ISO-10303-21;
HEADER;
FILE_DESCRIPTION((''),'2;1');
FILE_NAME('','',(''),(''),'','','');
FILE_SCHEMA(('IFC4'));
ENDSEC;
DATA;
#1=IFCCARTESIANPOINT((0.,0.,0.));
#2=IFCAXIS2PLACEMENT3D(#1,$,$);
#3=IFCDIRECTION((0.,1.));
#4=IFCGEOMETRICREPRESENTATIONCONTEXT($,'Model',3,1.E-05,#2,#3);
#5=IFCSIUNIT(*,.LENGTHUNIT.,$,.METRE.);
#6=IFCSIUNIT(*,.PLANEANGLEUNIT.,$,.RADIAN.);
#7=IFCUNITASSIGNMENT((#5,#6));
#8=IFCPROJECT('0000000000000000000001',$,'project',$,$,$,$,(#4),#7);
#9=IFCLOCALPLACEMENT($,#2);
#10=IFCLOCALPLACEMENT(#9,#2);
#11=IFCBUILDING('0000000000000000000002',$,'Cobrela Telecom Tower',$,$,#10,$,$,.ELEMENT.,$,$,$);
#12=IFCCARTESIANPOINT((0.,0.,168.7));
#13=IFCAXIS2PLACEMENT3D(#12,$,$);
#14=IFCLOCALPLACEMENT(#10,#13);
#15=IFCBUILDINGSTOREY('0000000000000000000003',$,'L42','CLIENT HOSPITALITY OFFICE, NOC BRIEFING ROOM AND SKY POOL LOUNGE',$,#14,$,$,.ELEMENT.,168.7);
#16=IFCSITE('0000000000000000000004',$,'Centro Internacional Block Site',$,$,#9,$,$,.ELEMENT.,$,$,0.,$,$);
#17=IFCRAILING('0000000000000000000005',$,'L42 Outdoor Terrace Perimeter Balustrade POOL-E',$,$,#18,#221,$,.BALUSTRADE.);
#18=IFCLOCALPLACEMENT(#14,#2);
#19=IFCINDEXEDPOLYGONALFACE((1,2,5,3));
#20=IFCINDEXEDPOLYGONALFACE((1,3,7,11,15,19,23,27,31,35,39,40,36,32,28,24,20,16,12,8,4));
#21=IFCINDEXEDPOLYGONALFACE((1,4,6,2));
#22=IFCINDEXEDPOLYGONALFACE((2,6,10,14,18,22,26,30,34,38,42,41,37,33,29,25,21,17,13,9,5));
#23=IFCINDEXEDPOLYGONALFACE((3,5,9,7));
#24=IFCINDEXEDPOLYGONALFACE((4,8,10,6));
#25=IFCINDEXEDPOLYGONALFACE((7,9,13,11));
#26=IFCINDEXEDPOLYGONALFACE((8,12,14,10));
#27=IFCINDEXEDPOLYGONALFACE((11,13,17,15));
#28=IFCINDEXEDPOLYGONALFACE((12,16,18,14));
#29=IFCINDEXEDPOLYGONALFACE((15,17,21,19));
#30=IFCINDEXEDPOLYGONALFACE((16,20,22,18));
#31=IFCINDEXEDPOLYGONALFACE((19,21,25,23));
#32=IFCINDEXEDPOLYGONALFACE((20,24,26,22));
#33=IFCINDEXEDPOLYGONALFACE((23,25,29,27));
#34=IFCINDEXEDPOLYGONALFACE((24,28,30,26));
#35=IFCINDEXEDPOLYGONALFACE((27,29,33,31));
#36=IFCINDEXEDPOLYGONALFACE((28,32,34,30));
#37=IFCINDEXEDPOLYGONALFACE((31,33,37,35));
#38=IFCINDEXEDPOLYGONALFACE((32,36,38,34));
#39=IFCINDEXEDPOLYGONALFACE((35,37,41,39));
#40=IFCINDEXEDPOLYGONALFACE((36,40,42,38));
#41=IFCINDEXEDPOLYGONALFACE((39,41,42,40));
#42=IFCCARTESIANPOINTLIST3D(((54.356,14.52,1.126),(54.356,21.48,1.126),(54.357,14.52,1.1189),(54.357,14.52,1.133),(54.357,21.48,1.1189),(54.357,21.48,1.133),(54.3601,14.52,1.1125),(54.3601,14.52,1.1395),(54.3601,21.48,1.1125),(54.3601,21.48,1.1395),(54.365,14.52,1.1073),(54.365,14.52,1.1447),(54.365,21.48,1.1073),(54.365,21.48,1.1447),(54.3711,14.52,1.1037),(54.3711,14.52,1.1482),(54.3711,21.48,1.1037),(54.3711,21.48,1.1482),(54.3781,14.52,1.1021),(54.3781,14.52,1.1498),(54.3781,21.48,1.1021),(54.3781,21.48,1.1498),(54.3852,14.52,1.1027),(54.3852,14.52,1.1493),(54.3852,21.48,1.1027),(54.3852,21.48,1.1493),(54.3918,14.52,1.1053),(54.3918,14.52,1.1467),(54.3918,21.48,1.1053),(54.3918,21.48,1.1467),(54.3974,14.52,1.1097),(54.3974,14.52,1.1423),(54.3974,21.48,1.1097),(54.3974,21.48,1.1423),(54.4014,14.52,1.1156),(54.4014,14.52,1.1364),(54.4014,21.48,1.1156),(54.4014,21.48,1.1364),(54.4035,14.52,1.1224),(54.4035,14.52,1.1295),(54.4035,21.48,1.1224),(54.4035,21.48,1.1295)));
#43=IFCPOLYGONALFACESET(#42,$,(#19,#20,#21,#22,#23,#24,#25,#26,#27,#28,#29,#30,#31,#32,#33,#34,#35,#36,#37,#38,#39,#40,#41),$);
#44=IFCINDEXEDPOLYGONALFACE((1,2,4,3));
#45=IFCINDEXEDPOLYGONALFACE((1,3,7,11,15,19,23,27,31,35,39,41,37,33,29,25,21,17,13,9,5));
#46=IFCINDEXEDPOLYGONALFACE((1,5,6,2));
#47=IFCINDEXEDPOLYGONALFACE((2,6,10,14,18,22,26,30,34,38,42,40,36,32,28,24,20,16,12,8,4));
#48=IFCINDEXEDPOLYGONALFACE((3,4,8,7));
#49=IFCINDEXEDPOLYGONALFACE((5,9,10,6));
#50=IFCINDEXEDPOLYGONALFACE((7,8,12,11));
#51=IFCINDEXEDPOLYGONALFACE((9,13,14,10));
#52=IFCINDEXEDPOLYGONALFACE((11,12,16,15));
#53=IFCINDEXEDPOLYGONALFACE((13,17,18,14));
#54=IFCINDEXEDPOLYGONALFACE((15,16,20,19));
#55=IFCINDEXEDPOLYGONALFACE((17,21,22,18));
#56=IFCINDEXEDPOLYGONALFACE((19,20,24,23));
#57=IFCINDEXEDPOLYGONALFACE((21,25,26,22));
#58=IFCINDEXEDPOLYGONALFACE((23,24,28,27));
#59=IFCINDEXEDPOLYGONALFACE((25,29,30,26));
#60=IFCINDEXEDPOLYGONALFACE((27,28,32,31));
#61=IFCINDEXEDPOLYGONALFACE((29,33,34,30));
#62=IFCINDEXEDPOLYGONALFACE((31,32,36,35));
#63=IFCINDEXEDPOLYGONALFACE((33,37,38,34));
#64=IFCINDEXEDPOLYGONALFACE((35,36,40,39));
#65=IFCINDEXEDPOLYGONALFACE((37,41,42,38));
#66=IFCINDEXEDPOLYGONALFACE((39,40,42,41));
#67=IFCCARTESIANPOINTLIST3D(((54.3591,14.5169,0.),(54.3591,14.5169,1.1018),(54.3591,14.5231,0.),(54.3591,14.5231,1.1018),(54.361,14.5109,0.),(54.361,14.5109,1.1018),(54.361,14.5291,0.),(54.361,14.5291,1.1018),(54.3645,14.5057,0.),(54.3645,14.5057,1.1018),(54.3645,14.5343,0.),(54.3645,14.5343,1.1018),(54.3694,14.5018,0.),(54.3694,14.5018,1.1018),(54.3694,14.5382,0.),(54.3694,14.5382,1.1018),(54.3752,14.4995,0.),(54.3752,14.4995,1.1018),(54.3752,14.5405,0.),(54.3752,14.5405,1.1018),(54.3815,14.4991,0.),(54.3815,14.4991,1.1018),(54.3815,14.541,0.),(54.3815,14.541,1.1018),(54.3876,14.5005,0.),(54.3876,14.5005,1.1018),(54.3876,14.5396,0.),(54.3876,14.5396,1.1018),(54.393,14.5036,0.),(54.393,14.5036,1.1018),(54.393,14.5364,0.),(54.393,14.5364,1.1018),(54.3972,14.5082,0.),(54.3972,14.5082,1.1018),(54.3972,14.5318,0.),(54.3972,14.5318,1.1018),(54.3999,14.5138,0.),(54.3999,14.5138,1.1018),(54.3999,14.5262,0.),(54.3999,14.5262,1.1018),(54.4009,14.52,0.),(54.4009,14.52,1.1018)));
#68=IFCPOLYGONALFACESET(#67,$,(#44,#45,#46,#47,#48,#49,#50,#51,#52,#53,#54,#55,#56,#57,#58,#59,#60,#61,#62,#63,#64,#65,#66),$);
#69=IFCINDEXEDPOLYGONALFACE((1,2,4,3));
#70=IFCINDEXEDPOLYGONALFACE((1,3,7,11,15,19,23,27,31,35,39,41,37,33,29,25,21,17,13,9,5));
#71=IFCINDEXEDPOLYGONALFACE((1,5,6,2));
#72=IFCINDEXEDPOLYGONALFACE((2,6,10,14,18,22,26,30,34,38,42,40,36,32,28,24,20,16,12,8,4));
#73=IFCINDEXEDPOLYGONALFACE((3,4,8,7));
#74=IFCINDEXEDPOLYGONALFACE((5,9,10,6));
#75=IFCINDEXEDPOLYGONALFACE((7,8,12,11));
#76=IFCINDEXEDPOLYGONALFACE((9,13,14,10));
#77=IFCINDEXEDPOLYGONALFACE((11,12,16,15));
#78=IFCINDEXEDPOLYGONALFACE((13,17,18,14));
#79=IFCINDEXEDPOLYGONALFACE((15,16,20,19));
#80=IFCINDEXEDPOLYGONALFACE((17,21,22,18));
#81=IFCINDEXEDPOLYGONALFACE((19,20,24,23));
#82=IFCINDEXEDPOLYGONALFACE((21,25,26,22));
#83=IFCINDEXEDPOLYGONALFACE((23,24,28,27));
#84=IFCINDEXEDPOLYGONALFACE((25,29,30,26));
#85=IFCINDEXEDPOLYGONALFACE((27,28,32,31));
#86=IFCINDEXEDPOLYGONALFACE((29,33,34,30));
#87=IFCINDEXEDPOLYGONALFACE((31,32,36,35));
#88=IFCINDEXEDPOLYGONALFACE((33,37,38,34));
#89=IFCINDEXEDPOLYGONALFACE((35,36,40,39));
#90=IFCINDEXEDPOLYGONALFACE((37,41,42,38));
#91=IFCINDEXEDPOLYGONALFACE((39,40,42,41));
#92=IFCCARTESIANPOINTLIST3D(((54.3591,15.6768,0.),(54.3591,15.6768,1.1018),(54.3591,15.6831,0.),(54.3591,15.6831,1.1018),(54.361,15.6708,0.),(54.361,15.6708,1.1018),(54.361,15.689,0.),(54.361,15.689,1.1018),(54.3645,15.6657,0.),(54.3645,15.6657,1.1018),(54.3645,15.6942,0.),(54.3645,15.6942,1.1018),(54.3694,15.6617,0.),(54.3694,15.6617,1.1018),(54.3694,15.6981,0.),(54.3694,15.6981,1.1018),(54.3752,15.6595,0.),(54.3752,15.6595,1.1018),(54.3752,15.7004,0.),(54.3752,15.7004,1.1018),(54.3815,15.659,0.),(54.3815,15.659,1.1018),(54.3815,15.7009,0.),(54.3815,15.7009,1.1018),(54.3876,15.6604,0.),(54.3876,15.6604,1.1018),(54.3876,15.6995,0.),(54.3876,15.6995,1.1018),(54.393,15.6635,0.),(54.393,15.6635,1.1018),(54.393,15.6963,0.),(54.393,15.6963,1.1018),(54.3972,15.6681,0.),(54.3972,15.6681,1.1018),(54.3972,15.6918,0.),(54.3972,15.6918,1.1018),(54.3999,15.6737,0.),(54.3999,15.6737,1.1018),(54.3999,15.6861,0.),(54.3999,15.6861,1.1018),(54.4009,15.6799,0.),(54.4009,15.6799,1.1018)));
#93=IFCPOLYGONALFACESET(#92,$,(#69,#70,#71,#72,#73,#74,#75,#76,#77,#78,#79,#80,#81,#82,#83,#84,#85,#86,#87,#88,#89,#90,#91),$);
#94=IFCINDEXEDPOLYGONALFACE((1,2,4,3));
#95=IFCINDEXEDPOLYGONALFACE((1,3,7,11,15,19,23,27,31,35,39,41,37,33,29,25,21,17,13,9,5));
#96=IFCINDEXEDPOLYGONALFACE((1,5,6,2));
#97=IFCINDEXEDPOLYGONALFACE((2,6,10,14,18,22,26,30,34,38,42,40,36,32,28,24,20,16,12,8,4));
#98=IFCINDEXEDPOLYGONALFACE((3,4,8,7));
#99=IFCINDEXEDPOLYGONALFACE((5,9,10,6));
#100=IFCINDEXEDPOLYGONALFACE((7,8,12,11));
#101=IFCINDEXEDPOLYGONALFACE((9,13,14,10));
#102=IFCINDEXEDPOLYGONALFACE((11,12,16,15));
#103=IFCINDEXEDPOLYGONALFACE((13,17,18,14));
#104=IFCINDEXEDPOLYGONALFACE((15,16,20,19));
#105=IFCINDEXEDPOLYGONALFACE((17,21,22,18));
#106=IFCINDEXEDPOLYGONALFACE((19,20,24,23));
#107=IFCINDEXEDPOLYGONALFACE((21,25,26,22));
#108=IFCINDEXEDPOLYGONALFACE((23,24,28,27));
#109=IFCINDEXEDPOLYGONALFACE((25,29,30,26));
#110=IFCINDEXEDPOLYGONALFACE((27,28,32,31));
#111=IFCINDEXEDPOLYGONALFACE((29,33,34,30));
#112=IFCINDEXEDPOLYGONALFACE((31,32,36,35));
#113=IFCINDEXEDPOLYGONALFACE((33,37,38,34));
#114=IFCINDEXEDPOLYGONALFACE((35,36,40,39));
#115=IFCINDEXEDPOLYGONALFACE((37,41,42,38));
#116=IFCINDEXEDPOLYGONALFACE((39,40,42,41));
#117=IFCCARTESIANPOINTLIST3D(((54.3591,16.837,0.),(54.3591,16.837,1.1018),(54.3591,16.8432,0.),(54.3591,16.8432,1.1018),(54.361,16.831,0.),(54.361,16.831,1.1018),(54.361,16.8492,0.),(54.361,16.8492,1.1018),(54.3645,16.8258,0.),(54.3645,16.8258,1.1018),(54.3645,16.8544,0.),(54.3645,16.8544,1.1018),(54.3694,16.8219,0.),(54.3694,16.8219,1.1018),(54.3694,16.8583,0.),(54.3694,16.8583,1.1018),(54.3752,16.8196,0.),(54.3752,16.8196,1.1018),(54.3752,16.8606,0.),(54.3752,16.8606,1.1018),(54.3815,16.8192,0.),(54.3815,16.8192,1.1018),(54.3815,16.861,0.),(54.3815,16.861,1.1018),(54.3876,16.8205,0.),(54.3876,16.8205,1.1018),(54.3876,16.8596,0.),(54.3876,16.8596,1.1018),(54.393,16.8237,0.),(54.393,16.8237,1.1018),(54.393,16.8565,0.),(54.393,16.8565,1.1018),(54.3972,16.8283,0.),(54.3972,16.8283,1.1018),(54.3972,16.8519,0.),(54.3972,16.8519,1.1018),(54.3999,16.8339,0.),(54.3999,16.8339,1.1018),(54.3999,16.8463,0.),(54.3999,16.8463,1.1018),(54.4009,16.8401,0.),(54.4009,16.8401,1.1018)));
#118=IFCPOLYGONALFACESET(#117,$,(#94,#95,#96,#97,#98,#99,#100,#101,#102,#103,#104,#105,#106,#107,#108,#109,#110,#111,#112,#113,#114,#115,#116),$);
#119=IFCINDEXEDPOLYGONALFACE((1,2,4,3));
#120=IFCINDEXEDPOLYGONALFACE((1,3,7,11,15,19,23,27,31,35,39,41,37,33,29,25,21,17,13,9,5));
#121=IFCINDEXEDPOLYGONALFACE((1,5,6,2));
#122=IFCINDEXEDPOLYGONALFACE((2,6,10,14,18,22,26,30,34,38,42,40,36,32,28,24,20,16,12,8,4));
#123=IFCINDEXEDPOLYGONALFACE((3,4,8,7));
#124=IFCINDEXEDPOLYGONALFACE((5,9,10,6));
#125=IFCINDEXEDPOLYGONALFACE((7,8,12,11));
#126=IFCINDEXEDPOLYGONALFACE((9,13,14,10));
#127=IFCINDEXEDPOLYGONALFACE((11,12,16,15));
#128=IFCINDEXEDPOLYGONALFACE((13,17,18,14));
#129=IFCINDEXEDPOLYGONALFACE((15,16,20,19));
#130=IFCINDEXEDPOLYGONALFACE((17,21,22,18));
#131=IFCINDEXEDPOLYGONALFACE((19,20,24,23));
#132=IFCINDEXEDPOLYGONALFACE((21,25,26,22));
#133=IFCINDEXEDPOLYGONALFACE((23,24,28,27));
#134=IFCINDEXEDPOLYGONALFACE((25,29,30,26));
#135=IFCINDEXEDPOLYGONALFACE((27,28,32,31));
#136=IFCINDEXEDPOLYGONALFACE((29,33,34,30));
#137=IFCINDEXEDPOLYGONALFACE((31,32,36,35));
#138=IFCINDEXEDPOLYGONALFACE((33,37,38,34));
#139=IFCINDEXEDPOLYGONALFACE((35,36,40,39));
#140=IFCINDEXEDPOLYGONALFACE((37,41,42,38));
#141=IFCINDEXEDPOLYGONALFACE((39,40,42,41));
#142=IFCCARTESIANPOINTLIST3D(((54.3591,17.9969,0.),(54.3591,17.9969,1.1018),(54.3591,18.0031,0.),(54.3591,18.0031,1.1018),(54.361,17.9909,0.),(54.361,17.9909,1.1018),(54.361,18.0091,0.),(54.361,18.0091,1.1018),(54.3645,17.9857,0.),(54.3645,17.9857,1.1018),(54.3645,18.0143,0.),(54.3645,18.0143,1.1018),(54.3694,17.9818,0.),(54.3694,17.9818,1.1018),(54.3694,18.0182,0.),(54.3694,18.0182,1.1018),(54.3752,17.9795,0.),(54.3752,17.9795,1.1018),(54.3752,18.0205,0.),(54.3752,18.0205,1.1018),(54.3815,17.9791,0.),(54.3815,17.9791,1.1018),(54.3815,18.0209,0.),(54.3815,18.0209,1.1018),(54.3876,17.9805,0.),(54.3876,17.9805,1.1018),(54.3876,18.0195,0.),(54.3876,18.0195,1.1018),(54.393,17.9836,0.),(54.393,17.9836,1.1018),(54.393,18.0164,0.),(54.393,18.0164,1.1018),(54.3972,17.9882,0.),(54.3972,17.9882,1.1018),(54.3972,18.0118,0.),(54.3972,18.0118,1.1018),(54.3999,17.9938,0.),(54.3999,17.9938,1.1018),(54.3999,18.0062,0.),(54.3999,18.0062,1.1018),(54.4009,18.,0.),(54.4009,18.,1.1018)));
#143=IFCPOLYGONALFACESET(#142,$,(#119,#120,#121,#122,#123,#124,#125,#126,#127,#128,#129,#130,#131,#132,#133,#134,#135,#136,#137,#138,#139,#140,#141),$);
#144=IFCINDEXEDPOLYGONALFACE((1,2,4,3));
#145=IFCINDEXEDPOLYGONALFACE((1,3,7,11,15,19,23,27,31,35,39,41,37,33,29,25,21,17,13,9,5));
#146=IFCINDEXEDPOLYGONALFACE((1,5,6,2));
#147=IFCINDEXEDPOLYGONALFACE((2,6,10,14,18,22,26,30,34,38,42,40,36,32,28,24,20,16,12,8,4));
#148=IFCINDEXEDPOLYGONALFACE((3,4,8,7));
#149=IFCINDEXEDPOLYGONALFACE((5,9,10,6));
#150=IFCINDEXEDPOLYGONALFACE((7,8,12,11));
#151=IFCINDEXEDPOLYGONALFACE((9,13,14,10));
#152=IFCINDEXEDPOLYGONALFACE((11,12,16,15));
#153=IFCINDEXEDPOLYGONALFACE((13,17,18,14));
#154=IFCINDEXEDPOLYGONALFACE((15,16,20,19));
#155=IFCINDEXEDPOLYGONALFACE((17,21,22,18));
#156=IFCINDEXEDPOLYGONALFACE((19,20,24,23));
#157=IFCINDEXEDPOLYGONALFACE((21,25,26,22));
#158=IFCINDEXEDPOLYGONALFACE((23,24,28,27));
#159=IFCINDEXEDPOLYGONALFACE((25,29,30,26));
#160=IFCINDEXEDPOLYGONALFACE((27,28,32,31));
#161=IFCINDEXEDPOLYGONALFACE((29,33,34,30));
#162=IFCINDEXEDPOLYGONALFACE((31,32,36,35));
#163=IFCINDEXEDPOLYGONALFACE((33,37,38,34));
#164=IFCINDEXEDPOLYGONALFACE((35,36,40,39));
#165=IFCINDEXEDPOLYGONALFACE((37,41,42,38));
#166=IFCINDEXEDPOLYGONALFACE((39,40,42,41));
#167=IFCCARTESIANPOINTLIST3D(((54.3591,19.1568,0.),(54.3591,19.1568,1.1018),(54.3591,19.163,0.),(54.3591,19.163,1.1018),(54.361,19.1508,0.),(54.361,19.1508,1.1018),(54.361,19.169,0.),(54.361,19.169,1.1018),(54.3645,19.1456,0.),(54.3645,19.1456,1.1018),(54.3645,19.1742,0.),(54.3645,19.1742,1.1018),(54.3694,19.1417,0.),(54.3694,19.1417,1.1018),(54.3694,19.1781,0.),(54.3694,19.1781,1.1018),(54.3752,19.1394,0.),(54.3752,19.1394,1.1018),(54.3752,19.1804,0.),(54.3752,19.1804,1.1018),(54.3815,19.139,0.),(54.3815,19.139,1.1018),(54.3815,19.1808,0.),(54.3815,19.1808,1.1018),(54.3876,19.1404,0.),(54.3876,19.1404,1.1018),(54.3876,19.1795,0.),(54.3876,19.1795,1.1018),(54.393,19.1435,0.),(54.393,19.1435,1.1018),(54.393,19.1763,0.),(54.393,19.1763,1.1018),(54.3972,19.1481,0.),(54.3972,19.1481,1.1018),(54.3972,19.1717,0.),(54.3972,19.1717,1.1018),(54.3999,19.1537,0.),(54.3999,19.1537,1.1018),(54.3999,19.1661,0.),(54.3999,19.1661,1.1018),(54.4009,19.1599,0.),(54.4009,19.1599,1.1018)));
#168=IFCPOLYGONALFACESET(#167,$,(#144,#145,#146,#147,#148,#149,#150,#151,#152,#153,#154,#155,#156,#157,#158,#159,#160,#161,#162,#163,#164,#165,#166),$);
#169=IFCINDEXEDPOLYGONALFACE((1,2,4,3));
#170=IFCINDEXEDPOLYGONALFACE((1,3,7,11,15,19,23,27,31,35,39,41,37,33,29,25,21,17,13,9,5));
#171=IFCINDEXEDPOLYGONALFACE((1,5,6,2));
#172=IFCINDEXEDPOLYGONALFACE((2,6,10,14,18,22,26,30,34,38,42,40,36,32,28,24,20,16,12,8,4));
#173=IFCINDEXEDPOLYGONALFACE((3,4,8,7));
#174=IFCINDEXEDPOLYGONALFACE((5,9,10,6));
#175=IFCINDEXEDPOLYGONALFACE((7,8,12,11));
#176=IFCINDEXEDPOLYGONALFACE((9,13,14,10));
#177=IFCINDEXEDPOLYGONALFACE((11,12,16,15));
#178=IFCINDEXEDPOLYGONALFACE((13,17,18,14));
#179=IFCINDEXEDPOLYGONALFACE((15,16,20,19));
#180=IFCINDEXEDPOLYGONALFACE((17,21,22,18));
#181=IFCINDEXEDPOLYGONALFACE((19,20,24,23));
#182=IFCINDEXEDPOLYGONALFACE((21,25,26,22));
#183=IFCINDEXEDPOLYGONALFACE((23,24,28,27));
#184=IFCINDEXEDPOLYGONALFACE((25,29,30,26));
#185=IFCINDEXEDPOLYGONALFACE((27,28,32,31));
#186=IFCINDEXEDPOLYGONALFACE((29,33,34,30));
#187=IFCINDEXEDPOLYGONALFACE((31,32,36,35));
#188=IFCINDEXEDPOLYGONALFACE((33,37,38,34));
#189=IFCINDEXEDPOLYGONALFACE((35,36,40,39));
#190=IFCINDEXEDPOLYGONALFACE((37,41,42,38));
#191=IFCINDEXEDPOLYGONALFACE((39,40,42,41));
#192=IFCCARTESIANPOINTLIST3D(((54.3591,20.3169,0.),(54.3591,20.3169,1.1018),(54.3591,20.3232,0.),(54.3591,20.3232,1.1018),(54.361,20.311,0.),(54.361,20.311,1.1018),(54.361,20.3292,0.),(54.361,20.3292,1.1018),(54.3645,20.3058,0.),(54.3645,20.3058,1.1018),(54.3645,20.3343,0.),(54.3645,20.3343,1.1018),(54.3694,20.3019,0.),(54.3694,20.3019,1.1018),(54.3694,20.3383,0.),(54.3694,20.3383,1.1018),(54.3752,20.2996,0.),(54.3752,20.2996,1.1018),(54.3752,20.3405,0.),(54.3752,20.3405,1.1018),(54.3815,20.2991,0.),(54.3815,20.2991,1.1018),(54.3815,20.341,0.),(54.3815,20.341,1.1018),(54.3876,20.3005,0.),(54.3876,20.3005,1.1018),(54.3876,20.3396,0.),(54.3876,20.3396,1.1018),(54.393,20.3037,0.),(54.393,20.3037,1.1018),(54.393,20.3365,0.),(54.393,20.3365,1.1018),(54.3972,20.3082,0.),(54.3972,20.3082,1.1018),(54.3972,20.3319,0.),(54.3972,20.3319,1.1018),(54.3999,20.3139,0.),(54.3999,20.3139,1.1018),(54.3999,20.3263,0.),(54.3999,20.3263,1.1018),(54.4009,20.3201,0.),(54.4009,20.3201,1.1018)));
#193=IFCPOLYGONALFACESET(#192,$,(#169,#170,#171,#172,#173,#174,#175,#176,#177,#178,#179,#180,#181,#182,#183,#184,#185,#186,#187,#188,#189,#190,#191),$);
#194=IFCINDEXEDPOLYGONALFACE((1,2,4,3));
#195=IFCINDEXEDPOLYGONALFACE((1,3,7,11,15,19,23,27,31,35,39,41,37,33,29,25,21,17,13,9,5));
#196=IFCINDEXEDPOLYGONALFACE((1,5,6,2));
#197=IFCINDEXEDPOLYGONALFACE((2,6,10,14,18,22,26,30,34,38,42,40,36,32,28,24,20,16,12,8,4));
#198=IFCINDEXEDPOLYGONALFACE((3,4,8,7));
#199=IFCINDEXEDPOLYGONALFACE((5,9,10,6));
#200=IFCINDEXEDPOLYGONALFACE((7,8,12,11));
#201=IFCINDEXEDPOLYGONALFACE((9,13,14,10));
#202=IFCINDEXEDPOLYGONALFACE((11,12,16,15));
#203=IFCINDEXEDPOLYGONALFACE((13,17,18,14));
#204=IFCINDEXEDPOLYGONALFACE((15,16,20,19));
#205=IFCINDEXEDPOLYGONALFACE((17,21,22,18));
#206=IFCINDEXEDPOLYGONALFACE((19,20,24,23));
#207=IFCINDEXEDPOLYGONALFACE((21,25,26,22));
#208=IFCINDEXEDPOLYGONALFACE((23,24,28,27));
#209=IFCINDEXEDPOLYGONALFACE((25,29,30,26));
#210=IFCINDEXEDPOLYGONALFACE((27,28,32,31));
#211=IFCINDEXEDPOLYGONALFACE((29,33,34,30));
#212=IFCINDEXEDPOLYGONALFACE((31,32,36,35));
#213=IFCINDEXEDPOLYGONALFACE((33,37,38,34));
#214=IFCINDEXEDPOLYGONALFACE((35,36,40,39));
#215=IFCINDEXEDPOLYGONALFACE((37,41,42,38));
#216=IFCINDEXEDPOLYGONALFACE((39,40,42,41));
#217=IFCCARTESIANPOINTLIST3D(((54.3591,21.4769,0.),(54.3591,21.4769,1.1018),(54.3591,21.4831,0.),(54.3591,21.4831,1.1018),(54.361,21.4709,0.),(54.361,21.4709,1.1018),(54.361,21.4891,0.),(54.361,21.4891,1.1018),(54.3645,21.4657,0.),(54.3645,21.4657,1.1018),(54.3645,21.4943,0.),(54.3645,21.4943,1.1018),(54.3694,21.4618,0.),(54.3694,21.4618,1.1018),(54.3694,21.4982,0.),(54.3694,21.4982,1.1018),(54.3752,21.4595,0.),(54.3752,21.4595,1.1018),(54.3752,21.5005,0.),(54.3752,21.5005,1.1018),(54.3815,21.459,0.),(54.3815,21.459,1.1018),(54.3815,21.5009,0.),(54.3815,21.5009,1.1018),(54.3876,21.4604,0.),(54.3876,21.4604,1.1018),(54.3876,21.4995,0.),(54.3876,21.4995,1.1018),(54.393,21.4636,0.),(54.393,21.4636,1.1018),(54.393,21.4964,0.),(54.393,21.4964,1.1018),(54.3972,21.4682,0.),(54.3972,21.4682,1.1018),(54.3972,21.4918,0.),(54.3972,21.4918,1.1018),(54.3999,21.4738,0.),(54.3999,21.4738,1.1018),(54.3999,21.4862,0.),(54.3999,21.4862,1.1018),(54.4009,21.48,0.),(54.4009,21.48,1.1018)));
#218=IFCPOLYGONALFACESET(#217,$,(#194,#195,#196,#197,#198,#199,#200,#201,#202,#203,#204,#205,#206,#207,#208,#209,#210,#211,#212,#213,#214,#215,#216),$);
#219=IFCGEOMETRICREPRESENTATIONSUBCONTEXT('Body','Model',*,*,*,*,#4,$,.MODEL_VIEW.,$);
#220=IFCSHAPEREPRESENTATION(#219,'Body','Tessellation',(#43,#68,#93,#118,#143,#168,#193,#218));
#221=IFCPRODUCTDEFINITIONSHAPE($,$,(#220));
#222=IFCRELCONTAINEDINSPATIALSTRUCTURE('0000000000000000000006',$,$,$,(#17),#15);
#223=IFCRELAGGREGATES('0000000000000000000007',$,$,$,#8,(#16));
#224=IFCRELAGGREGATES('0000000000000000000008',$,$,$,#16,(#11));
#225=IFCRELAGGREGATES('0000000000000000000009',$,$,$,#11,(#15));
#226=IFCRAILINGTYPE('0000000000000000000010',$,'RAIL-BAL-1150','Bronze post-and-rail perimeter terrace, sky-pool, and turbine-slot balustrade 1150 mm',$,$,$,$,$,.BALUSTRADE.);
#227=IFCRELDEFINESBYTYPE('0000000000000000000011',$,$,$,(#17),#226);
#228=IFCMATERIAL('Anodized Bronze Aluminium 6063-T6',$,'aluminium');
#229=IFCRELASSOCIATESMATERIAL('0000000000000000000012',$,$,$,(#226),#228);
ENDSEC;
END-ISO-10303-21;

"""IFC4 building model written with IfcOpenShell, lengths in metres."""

from ifc_helpers import new_model, si_unit, direction, frame, origin, origin_2d, place, context, subcontext, project, spatial, circle, extrude, material, type_object, element, save


model = new_model("IFC4")

# Units and contexts
model_context = context("Model", 3, precision=1e-05, world=origin(), true_north=direction((0.0, 1.0)))
body_context = subcontext(model_context, "Body", "Model", "MODEL_VIEW")
ifc_project = project(units=[si_unit("LENGTHUNIT", "METRE"), si_unit("PLANEANGLEUNIT", "RADIAN")], contexts=[model_context])

# Site, building, storey
site_placement = place(None, origin())
site = spatial("IfcSite", under=ifc_project, at=site_placement, Name="Centro Internacional Block Site", CompositionType="ELEMENT", RefElevation=0.0)
building_placement = place(site_placement, origin())
building = spatial("IfcBuilding", under=site, at=building_placement, Name="Cobrela Telecom Tower", CompositionType="ELEMENT")
storey_placement = place(building_placement, frame((0.0, 0.0, 168.7)))
storey = spatial("IfcBuildingStorey", under=building, at=storey_placement, Name="L42", Description="CLIENT HOSPITALITY OFFICE, NOC BRIEFING ROOM AND SKY POOL LOUNGE", CompositionType="ELEMENT", Elevation=168.7)

# Railing
ifc_material_1 = material(Name="Anodized Bronze Aluminium 6063-T6", Category="aluminium")
railing_type = type_object("IfcRailingType", Name="RAIL-BAL-1150", Description="Bronze post-and-rail perimeter terrace, sky-pool, and turbine-slot balustrade 1150 mm", PredefinedType="BALUSTRADE", material=ifc_material_1)
railing_placement = place(storey_placement, frame((54.3799, 14.52, 0.0)))
element("IfcRailing", 1, at=railing_placement, inside=storey, type_object=railing_type, Name="L42 Outdoor Terrace Perimeter Balustrade POOL-E", PredefinedType="BALUSTRADE", context=body_context, shape_type="SweptSolid", body=[
    extrude(circle(Radius=0.0239, at=origin_2d()), frame((0.0, 0.0, 1.126), z_axis=(0.0, 1.0, 0.0), x_axis=(-1.0, 0.0, 0.0)), (0.0, 0.0, 1.0), 6.96),
    extrude(circle(Radius=0.021, at=origin_2d()), origin(), (0.0, 0.0, 1.0), 1.1018),
    extrude(circle(Radius=0.021, at=origin_2d()), frame((0.0, 1.1599, 0.0)), (0.0, 0.0, 1.0), 1.1018),
    extrude(circle(Radius=0.021, at=origin_2d()), frame((0.0, 2.3201, 0.0)), (0.0, 0.0, 1.0), 1.1018),
    extrude(circle(Radius=0.021, at=origin_2d()), frame((0.0, 3.48, 0.0)), (0.0, 0.0, 1.0), 1.1018),
    extrude(circle(Radius=0.021, at=origin_2d()), frame((0.0, 4.6399, 0.0)), (0.0, 0.0, 1.0), 1.1018),
    extrude(circle(Radius=0.021, at=origin_2d()), frame((0.0, 5.8, 0.0)), (0.0, 0.0, 1.0), 1.1018),
    extrude(circle(Radius=0.021, at=origin_2d()), frame((0.0, 6.96, 0.0)), (0.0, 0.0, 1.0), 1.1018),
])

save(model, "model.ifc")
